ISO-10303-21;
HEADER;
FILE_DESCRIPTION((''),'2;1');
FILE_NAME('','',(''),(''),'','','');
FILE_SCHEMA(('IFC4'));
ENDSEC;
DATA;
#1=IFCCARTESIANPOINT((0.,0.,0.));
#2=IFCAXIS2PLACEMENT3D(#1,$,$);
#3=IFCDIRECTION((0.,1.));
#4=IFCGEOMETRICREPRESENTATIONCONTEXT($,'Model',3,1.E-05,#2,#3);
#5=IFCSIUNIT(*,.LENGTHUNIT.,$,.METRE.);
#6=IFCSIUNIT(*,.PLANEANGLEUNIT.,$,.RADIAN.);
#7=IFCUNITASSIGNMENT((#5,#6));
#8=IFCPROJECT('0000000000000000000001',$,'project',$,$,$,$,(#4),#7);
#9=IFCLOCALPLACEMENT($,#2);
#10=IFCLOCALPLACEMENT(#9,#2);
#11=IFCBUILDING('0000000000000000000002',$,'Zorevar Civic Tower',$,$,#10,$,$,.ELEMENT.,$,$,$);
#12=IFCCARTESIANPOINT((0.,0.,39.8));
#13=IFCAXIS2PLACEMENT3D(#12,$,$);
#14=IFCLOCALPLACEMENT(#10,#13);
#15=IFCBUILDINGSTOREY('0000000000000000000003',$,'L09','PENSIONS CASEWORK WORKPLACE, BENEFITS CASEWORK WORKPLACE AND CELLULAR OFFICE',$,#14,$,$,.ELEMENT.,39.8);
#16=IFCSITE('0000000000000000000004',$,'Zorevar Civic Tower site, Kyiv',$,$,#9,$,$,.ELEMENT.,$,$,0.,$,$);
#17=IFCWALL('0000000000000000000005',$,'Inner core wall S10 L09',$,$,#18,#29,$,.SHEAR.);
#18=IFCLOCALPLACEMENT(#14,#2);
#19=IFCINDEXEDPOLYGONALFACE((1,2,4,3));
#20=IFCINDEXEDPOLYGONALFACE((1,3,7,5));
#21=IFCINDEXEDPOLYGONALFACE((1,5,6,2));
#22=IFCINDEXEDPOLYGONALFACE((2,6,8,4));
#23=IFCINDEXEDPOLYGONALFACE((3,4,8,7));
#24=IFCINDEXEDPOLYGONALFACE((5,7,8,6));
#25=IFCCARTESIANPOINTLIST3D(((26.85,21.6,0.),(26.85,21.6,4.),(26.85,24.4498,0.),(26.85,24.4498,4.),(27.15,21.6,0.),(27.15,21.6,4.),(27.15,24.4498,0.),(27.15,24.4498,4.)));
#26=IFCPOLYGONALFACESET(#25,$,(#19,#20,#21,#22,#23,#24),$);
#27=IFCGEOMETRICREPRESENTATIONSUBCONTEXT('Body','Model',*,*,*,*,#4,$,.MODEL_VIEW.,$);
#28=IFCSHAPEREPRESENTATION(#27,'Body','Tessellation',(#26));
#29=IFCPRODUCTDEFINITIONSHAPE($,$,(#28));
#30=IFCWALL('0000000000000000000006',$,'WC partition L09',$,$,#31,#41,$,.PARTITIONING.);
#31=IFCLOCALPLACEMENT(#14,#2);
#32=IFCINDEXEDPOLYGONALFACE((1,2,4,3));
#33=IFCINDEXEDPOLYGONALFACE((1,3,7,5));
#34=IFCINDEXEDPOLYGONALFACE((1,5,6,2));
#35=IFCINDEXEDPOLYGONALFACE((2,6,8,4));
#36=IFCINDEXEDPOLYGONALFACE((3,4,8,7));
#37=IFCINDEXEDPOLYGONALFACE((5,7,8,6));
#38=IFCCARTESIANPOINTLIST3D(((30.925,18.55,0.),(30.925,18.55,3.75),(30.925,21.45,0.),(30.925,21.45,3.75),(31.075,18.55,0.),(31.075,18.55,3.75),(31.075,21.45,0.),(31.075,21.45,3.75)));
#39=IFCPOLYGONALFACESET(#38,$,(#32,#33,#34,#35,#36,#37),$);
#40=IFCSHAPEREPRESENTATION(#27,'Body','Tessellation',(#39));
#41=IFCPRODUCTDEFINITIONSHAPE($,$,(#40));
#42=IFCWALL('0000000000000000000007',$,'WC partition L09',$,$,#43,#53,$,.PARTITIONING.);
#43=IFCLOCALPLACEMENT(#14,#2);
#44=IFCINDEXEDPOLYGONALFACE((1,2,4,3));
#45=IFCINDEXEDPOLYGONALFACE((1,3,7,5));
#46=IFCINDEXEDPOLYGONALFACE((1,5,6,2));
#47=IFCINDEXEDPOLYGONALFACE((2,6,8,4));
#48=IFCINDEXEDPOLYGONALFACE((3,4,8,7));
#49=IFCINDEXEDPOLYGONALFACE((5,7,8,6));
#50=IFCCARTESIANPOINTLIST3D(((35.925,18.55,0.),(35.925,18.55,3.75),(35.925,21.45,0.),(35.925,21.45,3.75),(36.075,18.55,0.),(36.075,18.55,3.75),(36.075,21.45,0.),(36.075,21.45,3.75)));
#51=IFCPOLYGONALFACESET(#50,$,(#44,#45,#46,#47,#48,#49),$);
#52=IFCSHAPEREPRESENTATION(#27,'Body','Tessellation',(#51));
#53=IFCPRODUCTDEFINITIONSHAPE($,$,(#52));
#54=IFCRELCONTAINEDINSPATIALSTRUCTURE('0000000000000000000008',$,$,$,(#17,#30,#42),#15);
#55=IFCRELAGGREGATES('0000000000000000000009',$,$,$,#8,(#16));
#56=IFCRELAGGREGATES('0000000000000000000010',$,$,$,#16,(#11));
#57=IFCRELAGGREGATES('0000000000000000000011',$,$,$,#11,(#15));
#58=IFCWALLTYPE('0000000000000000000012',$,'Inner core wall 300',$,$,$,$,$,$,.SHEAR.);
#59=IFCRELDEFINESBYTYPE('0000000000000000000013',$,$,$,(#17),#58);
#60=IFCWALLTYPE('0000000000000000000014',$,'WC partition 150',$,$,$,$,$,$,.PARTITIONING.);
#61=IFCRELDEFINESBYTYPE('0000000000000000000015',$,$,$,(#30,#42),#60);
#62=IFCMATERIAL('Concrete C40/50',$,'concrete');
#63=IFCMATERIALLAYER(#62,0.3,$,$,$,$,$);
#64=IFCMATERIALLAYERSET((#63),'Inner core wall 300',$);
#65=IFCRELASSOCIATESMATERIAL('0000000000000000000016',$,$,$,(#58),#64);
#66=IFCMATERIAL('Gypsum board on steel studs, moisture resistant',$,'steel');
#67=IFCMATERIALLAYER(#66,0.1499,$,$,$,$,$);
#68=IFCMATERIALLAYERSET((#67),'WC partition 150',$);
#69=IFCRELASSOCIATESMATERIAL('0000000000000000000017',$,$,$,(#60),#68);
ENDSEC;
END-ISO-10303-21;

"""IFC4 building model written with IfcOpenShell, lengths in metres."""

from ifc_helpers import new_model, si_unit, direction, frame, frame_2d, origin, place, context, subcontext, project, spatial, rectangle, extrude, material, layer, layer_set, type_object, element, save


model = new_model("IFC4")

# Units and contexts
model_context = context("Model", 3, precision=1e-05, world=origin(), true_north=direction((0.0, 1.0)))
body_context = subcontext(model_context, "Body", "Model", "MODEL_VIEW")
ifc_project = project(units=[si_unit("LENGTHUNIT", "METRE"), si_unit("PLANEANGLEUNIT", "RADIAN")], contexts=[model_context])

# Site, building, storey
site_placement = place(None, origin())
site = spatial("IfcSite", under=ifc_project, at=site_placement, Name="Zorevar Civic Tower site, Kyiv", CompositionType="ELEMENT", RefElevation=0.0)
building_placement = place(site_placement, origin())
building = spatial("IfcBuilding", under=site, at=building_placement, Name="Zorevar Civic Tower", CompositionType="ELEMENT")
storey_placement = place(building_placement, frame((0.0, 0.0, 39.8)))
storey = spatial("IfcBuildingStorey", under=building, at=storey_placement, Name="L09", Description="PENSIONS CASEWORK WORKPLACE, BENEFITS CASEWORK WORKPLACE AND CELLULAR OFFICE", CompositionType="ELEMENT", Elevation=39.8)

# Walls
ifc_material_1 = material(Name="Concrete C40/50", Category="concrete")
ifc_layer_1 = layer(ifc_material_1, 0.3)
ifc_layer_set_1 = layer_set([ifc_layer_1], Name="Inner core wall 300")
wall_type_1 = type_object("IfcWallType", Name="Inner core wall 300", PredefinedType="SHEAR", material=ifc_layer_set_1)
wall_1_placement = place(storey_placement, frame((27.0, 21.6001, 0.0), z_axis=(0.0, 0.0, 1.0), x_axis=(0.0, 1.0, 0.0)))
element("IfcWall", 1, at=wall_1_placement, inside=storey, type_object=wall_type_1, Name="Inner core wall S10 L09", PredefinedType="SHEAR", context=body_context, shape_type="SweptSolid", body=[
    extrude(rectangle(XDim=2.8499, YDim=0.3, at=frame_2d((1.4248, 0.0))), origin(), (0.0, 0.0, 1.0), 4.0),
])
ifc_material_2 = material(Name="Gypsum board on steel studs, moisture resistant", Category="steel")
ifc_layer_2 = layer(ifc_material_2, 0.1499)
ifc_layer_set_2 = layer_set([ifc_layer_2], Name="WC partition 150")
wall_type_2 = type_object("IfcWallType", Name="WC partition 150", PredefinedType="PARTITIONING", material=ifc_layer_set_2)
for number, where, z_axis, x_axis, name in (
    (2, (31.0, 18.55, 0.0), (0.0, 0.0, 1.0), (0.0, 1.0, 0.0), "WC partition L09"),
    (3, (36.0, 18.55, 0.0), (0.0, 0.0, 1.0), (0.0, 1.0, 0.0), "WC partition L09"),
):
    element("IfcWall", number, at=place(storey_placement, frame(where, z_axis=z_axis, x_axis=x_axis)), inside=storey, type_object=wall_type_2, Name=name, PredefinedType="PARTITIONING", context=body_context, shape_type="SweptSolid", body=[
        extrude(rectangle(XDim=2.8999, YDim=0.1499, at=frame_2d((1.45, 0.0))), origin(), (0.0, 0.0, 1.0), 3.75),
    ])

save(model, "model.ifc")
